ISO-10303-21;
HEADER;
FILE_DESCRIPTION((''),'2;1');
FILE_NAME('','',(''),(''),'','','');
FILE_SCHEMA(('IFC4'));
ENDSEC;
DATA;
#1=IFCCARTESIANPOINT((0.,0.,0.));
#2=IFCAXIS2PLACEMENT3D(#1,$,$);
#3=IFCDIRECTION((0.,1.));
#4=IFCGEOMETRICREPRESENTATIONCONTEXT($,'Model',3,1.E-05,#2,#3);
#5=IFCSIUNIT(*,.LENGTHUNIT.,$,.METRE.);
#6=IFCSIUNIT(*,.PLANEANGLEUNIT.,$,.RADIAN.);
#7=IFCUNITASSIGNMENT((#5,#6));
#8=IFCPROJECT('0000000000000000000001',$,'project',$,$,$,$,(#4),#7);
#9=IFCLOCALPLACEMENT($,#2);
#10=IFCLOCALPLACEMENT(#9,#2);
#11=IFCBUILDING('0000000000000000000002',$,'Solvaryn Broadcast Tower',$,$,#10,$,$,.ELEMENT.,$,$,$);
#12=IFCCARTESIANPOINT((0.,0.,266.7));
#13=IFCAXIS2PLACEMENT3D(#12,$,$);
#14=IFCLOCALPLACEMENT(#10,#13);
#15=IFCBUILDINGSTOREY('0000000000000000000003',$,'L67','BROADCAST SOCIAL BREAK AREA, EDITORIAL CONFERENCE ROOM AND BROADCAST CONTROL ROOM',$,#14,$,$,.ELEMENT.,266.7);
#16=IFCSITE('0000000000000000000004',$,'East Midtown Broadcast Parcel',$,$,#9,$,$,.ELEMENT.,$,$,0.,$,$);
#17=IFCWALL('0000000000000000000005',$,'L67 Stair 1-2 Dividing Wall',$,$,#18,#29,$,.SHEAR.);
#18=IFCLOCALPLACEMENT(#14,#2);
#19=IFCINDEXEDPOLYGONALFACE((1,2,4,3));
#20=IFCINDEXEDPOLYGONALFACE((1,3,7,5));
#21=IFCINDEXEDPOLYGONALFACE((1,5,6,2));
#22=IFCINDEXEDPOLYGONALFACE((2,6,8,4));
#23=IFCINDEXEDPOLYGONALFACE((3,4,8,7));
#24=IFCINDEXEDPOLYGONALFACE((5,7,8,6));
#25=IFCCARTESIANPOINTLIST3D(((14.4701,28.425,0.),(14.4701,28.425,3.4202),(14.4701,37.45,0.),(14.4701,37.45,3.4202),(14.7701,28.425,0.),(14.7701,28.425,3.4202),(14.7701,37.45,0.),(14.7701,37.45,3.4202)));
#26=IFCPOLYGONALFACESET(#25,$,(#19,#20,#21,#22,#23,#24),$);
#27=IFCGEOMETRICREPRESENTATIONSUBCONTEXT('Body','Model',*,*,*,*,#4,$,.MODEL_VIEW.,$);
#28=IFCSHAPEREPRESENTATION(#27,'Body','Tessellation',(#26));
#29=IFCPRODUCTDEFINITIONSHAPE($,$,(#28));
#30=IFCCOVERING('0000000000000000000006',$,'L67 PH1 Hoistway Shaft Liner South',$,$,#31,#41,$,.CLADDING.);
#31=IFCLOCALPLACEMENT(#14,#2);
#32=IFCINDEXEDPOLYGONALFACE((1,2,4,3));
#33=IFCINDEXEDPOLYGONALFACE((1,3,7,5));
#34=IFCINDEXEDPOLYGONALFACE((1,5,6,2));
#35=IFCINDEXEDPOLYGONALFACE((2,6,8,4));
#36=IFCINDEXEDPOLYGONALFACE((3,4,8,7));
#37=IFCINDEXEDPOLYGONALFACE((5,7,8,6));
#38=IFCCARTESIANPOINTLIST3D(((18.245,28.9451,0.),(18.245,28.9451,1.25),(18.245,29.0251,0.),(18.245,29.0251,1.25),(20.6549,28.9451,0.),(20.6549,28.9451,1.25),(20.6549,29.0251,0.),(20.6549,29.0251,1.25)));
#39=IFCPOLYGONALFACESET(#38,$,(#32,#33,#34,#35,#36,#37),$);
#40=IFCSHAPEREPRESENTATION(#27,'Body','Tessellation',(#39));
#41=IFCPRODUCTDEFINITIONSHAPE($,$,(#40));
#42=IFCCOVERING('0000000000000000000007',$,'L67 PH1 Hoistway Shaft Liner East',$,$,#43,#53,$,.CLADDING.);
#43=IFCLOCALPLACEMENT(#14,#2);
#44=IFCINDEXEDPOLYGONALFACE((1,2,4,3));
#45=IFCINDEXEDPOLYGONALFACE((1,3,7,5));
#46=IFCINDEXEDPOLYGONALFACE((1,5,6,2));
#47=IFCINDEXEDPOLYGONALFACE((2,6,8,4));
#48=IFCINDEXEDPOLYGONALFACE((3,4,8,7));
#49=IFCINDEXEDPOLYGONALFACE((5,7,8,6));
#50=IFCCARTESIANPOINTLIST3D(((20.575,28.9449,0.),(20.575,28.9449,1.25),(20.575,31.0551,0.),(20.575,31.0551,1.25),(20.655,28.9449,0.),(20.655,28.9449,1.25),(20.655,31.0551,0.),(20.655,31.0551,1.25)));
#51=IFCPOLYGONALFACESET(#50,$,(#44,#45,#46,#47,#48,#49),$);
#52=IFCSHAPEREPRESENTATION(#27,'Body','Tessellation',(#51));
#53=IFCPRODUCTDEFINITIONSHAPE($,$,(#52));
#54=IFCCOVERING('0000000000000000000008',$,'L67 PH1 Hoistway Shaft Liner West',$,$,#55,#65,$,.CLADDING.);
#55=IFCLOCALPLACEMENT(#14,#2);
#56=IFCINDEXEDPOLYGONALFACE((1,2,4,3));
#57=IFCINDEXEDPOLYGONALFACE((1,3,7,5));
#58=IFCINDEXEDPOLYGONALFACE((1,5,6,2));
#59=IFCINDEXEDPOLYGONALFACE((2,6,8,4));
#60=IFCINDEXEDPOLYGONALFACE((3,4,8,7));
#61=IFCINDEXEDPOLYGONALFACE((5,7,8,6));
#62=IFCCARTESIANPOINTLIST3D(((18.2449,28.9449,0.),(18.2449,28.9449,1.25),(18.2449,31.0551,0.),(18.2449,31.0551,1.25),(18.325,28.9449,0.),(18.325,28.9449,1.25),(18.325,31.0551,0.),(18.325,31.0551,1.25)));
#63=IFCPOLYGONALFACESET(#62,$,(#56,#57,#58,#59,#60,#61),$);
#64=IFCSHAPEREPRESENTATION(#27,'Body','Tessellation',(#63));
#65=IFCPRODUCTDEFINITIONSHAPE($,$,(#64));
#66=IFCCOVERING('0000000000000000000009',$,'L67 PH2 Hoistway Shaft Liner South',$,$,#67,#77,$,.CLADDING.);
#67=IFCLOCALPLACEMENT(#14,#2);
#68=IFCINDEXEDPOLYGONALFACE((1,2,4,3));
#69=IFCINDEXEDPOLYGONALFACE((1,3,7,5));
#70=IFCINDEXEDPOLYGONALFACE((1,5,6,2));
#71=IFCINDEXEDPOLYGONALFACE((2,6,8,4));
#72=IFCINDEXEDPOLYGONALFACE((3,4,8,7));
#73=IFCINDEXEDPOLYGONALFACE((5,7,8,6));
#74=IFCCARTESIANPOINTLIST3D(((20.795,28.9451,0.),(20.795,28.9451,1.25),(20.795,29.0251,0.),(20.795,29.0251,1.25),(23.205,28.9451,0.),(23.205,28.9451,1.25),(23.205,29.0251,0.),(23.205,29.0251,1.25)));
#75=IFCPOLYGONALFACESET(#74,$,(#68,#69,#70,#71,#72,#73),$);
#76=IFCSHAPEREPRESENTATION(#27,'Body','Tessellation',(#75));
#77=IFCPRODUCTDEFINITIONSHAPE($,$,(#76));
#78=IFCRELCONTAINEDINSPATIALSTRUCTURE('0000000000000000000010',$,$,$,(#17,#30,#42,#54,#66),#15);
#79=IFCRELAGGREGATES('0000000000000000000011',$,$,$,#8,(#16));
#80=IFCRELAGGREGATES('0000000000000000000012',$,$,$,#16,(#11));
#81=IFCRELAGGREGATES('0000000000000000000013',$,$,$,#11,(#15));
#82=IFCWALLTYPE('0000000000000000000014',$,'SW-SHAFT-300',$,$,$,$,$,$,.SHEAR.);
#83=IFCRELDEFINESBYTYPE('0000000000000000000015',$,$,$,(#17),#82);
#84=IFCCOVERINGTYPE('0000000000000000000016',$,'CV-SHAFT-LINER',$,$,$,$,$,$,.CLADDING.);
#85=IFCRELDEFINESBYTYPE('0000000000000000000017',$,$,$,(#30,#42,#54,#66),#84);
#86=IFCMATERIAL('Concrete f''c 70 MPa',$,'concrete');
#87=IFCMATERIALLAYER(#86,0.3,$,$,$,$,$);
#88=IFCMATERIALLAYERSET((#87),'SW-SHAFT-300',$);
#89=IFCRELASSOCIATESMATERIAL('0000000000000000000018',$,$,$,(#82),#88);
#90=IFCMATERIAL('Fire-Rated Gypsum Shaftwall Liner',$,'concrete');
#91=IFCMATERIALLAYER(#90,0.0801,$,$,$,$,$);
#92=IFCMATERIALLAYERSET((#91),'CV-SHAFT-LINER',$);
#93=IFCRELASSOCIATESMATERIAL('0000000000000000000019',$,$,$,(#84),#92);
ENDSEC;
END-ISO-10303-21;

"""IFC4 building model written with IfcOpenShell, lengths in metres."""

from ifc_helpers import new_model, si_unit, direction, frame, frame_2d, origin, origin_2d, place, context, subcontext, project, spatial, rectangle, extrude, material, layer, layer_set, type_object, element, save


model = new_model("IFC4")

# Units and contexts
model_context = context("Model", 3, precision=1e-05, world=origin(), true_north=direction((0.0, 1.0)))
body_context = subcontext(model_context, "Body", "Model", "MODEL_VIEW")
ifc_project = project(units=[si_unit("LENGTHUNIT", "METRE"), si_unit("PLANEANGLEUNIT", "RADIAN")], contexts=[model_context])

# Site, building, storey
site_placement = place(None, origin())
site = spatial("IfcSite", under=ifc_project, at=site_placement, Name="East Midtown Broadcast Parcel", CompositionType="ELEMENT", RefElevation=0.0)
building_placement = place(site_placement, origin())
building = spatial("IfcBuilding", under=site, at=building_placement, Name="Solvaryn Broadcast Tower", CompositionType="ELEMENT")
storey_placement = place(building_placement, frame((0.0, 0.0, 266.7)))
storey = spatial("IfcBuildingStorey", under=building, at=storey_placement, Name="L67", Description="BROADCAST SOCIAL BREAK AREA, EDITORIAL CONFERENCE ROOM AND BROADCAST CONTROL ROOM", CompositionType="ELEMENT", Elevation=266.7)

# Wall
ifc_material_1 = material(Name="Concrete f'c 70 MPa", Category="concrete")
ifc_layer_1 = layer(ifc_material_1, 0.3)
ifc_layer_set_1 = layer_set([ifc_layer_1], Name="SW-SHAFT-300")
wall_type_1 = type_object("IfcWallType", Name="SW-SHAFT-300", PredefinedType="SHEAR", material=ifc_layer_set_1)
wall_1_placement = place(storey_placement, frame((14.6201, 28.425, 0.0), z_axis=(0.0, 0.0, 1.0), x_axis=(0.0, 1.0, 0.0)))
element("IfcWall", 1, at=wall_1_placement, inside=storey, type_object=wall_type_1, Name="L67 Stair 1-2 Dividing Wall", PredefinedType="SHEAR", context=body_context, shape_type="SweptSolid", body=[
    extrude(rectangle(XDim=9.0249, YDim=0.3, at=frame_2d((4.5125, 0.0))), origin(), (0.0, 0.0, 1.0), 3.4202),
])

# Coverings
ifc_material_2 = material(Name="Fire-Rated Gypsum Shaftwall Liner", Category="concrete")
ifc_layer_2 = layer(ifc_material_2, 0.0801)
ifc_layer_set_2 = layer_set([ifc_layer_2], Name="CV-SHAFT-LINER")
covering_type = type_object("IfcCoveringType", Name="CV-SHAFT-LINER", PredefinedType="CLADDING", material=ifc_layer_set_2)
covering_1_placement = place(storey_placement, frame((19.45, 28.9851, 0.0), z_axis=(0.0, 0.0, 1.0), x_axis=(1.0, 0.0, 0.0)))
element("IfcCovering", 2, at=covering_1_placement, inside=storey, type_object=covering_type, Name="L67 PH1 Hoistway Shaft Liner South", PredefinedType="CLADDING", context=body_context, shape_type="SweptSolid", body=[
    extrude(rectangle(XDim=2.4099, YDim=0.0801, at=origin_2d()), origin(), (0.0, 0.0, 1.0), 1.25),
])
for number, where, z_axis, x_axis, name in (
    (3, (20.615, 30.0, 0.0), (0.0, 0.0, 1.0), (1.0, 0.0, 0.0), "L67 PH1 Hoistway Shaft Liner East"),
    (4, (18.2849, 30.0, 0.0), (0.0, 0.0, 1.0), (1.0, 0.0, 0.0), "L67 PH1 Hoistway Shaft Liner West"),
):
    element("IfcCovering", number, at=place(storey_placement, frame(where, z_axis=z_axis, x_axis=x_axis)), inside=storey, type_object=covering_type, Name=name, PredefinedType="CLADDING", context=body_context, shape_type="SweptSolid", body=[
        extrude(rectangle(XDim=0.0801, YDim=2.1101, at=origin_2d()), origin(), (0.0, 0.0, 1.0), 1.25),
    ])
covering_2_placement = place(storey_placement, frame((22.0, 28.9851, 0.0), z_axis=(0.0, 0.0, 1.0), x_axis=(1.0, 0.0, 0.0)))
element("IfcCovering", 5, at=covering_2_placement, inside=storey, type_object=covering_type, Name="L67 PH2 Hoistway Shaft Liner South", PredefinedType="CLADDING", context=body_context, shape_type="SweptSolid", body=[
    extrude(rectangle(XDim=2.4099, YDim=0.0801, at=origin_2d()), origin(), (0.0, 0.0, 1.0), 1.25),
])

save(model, "model.ifc")
